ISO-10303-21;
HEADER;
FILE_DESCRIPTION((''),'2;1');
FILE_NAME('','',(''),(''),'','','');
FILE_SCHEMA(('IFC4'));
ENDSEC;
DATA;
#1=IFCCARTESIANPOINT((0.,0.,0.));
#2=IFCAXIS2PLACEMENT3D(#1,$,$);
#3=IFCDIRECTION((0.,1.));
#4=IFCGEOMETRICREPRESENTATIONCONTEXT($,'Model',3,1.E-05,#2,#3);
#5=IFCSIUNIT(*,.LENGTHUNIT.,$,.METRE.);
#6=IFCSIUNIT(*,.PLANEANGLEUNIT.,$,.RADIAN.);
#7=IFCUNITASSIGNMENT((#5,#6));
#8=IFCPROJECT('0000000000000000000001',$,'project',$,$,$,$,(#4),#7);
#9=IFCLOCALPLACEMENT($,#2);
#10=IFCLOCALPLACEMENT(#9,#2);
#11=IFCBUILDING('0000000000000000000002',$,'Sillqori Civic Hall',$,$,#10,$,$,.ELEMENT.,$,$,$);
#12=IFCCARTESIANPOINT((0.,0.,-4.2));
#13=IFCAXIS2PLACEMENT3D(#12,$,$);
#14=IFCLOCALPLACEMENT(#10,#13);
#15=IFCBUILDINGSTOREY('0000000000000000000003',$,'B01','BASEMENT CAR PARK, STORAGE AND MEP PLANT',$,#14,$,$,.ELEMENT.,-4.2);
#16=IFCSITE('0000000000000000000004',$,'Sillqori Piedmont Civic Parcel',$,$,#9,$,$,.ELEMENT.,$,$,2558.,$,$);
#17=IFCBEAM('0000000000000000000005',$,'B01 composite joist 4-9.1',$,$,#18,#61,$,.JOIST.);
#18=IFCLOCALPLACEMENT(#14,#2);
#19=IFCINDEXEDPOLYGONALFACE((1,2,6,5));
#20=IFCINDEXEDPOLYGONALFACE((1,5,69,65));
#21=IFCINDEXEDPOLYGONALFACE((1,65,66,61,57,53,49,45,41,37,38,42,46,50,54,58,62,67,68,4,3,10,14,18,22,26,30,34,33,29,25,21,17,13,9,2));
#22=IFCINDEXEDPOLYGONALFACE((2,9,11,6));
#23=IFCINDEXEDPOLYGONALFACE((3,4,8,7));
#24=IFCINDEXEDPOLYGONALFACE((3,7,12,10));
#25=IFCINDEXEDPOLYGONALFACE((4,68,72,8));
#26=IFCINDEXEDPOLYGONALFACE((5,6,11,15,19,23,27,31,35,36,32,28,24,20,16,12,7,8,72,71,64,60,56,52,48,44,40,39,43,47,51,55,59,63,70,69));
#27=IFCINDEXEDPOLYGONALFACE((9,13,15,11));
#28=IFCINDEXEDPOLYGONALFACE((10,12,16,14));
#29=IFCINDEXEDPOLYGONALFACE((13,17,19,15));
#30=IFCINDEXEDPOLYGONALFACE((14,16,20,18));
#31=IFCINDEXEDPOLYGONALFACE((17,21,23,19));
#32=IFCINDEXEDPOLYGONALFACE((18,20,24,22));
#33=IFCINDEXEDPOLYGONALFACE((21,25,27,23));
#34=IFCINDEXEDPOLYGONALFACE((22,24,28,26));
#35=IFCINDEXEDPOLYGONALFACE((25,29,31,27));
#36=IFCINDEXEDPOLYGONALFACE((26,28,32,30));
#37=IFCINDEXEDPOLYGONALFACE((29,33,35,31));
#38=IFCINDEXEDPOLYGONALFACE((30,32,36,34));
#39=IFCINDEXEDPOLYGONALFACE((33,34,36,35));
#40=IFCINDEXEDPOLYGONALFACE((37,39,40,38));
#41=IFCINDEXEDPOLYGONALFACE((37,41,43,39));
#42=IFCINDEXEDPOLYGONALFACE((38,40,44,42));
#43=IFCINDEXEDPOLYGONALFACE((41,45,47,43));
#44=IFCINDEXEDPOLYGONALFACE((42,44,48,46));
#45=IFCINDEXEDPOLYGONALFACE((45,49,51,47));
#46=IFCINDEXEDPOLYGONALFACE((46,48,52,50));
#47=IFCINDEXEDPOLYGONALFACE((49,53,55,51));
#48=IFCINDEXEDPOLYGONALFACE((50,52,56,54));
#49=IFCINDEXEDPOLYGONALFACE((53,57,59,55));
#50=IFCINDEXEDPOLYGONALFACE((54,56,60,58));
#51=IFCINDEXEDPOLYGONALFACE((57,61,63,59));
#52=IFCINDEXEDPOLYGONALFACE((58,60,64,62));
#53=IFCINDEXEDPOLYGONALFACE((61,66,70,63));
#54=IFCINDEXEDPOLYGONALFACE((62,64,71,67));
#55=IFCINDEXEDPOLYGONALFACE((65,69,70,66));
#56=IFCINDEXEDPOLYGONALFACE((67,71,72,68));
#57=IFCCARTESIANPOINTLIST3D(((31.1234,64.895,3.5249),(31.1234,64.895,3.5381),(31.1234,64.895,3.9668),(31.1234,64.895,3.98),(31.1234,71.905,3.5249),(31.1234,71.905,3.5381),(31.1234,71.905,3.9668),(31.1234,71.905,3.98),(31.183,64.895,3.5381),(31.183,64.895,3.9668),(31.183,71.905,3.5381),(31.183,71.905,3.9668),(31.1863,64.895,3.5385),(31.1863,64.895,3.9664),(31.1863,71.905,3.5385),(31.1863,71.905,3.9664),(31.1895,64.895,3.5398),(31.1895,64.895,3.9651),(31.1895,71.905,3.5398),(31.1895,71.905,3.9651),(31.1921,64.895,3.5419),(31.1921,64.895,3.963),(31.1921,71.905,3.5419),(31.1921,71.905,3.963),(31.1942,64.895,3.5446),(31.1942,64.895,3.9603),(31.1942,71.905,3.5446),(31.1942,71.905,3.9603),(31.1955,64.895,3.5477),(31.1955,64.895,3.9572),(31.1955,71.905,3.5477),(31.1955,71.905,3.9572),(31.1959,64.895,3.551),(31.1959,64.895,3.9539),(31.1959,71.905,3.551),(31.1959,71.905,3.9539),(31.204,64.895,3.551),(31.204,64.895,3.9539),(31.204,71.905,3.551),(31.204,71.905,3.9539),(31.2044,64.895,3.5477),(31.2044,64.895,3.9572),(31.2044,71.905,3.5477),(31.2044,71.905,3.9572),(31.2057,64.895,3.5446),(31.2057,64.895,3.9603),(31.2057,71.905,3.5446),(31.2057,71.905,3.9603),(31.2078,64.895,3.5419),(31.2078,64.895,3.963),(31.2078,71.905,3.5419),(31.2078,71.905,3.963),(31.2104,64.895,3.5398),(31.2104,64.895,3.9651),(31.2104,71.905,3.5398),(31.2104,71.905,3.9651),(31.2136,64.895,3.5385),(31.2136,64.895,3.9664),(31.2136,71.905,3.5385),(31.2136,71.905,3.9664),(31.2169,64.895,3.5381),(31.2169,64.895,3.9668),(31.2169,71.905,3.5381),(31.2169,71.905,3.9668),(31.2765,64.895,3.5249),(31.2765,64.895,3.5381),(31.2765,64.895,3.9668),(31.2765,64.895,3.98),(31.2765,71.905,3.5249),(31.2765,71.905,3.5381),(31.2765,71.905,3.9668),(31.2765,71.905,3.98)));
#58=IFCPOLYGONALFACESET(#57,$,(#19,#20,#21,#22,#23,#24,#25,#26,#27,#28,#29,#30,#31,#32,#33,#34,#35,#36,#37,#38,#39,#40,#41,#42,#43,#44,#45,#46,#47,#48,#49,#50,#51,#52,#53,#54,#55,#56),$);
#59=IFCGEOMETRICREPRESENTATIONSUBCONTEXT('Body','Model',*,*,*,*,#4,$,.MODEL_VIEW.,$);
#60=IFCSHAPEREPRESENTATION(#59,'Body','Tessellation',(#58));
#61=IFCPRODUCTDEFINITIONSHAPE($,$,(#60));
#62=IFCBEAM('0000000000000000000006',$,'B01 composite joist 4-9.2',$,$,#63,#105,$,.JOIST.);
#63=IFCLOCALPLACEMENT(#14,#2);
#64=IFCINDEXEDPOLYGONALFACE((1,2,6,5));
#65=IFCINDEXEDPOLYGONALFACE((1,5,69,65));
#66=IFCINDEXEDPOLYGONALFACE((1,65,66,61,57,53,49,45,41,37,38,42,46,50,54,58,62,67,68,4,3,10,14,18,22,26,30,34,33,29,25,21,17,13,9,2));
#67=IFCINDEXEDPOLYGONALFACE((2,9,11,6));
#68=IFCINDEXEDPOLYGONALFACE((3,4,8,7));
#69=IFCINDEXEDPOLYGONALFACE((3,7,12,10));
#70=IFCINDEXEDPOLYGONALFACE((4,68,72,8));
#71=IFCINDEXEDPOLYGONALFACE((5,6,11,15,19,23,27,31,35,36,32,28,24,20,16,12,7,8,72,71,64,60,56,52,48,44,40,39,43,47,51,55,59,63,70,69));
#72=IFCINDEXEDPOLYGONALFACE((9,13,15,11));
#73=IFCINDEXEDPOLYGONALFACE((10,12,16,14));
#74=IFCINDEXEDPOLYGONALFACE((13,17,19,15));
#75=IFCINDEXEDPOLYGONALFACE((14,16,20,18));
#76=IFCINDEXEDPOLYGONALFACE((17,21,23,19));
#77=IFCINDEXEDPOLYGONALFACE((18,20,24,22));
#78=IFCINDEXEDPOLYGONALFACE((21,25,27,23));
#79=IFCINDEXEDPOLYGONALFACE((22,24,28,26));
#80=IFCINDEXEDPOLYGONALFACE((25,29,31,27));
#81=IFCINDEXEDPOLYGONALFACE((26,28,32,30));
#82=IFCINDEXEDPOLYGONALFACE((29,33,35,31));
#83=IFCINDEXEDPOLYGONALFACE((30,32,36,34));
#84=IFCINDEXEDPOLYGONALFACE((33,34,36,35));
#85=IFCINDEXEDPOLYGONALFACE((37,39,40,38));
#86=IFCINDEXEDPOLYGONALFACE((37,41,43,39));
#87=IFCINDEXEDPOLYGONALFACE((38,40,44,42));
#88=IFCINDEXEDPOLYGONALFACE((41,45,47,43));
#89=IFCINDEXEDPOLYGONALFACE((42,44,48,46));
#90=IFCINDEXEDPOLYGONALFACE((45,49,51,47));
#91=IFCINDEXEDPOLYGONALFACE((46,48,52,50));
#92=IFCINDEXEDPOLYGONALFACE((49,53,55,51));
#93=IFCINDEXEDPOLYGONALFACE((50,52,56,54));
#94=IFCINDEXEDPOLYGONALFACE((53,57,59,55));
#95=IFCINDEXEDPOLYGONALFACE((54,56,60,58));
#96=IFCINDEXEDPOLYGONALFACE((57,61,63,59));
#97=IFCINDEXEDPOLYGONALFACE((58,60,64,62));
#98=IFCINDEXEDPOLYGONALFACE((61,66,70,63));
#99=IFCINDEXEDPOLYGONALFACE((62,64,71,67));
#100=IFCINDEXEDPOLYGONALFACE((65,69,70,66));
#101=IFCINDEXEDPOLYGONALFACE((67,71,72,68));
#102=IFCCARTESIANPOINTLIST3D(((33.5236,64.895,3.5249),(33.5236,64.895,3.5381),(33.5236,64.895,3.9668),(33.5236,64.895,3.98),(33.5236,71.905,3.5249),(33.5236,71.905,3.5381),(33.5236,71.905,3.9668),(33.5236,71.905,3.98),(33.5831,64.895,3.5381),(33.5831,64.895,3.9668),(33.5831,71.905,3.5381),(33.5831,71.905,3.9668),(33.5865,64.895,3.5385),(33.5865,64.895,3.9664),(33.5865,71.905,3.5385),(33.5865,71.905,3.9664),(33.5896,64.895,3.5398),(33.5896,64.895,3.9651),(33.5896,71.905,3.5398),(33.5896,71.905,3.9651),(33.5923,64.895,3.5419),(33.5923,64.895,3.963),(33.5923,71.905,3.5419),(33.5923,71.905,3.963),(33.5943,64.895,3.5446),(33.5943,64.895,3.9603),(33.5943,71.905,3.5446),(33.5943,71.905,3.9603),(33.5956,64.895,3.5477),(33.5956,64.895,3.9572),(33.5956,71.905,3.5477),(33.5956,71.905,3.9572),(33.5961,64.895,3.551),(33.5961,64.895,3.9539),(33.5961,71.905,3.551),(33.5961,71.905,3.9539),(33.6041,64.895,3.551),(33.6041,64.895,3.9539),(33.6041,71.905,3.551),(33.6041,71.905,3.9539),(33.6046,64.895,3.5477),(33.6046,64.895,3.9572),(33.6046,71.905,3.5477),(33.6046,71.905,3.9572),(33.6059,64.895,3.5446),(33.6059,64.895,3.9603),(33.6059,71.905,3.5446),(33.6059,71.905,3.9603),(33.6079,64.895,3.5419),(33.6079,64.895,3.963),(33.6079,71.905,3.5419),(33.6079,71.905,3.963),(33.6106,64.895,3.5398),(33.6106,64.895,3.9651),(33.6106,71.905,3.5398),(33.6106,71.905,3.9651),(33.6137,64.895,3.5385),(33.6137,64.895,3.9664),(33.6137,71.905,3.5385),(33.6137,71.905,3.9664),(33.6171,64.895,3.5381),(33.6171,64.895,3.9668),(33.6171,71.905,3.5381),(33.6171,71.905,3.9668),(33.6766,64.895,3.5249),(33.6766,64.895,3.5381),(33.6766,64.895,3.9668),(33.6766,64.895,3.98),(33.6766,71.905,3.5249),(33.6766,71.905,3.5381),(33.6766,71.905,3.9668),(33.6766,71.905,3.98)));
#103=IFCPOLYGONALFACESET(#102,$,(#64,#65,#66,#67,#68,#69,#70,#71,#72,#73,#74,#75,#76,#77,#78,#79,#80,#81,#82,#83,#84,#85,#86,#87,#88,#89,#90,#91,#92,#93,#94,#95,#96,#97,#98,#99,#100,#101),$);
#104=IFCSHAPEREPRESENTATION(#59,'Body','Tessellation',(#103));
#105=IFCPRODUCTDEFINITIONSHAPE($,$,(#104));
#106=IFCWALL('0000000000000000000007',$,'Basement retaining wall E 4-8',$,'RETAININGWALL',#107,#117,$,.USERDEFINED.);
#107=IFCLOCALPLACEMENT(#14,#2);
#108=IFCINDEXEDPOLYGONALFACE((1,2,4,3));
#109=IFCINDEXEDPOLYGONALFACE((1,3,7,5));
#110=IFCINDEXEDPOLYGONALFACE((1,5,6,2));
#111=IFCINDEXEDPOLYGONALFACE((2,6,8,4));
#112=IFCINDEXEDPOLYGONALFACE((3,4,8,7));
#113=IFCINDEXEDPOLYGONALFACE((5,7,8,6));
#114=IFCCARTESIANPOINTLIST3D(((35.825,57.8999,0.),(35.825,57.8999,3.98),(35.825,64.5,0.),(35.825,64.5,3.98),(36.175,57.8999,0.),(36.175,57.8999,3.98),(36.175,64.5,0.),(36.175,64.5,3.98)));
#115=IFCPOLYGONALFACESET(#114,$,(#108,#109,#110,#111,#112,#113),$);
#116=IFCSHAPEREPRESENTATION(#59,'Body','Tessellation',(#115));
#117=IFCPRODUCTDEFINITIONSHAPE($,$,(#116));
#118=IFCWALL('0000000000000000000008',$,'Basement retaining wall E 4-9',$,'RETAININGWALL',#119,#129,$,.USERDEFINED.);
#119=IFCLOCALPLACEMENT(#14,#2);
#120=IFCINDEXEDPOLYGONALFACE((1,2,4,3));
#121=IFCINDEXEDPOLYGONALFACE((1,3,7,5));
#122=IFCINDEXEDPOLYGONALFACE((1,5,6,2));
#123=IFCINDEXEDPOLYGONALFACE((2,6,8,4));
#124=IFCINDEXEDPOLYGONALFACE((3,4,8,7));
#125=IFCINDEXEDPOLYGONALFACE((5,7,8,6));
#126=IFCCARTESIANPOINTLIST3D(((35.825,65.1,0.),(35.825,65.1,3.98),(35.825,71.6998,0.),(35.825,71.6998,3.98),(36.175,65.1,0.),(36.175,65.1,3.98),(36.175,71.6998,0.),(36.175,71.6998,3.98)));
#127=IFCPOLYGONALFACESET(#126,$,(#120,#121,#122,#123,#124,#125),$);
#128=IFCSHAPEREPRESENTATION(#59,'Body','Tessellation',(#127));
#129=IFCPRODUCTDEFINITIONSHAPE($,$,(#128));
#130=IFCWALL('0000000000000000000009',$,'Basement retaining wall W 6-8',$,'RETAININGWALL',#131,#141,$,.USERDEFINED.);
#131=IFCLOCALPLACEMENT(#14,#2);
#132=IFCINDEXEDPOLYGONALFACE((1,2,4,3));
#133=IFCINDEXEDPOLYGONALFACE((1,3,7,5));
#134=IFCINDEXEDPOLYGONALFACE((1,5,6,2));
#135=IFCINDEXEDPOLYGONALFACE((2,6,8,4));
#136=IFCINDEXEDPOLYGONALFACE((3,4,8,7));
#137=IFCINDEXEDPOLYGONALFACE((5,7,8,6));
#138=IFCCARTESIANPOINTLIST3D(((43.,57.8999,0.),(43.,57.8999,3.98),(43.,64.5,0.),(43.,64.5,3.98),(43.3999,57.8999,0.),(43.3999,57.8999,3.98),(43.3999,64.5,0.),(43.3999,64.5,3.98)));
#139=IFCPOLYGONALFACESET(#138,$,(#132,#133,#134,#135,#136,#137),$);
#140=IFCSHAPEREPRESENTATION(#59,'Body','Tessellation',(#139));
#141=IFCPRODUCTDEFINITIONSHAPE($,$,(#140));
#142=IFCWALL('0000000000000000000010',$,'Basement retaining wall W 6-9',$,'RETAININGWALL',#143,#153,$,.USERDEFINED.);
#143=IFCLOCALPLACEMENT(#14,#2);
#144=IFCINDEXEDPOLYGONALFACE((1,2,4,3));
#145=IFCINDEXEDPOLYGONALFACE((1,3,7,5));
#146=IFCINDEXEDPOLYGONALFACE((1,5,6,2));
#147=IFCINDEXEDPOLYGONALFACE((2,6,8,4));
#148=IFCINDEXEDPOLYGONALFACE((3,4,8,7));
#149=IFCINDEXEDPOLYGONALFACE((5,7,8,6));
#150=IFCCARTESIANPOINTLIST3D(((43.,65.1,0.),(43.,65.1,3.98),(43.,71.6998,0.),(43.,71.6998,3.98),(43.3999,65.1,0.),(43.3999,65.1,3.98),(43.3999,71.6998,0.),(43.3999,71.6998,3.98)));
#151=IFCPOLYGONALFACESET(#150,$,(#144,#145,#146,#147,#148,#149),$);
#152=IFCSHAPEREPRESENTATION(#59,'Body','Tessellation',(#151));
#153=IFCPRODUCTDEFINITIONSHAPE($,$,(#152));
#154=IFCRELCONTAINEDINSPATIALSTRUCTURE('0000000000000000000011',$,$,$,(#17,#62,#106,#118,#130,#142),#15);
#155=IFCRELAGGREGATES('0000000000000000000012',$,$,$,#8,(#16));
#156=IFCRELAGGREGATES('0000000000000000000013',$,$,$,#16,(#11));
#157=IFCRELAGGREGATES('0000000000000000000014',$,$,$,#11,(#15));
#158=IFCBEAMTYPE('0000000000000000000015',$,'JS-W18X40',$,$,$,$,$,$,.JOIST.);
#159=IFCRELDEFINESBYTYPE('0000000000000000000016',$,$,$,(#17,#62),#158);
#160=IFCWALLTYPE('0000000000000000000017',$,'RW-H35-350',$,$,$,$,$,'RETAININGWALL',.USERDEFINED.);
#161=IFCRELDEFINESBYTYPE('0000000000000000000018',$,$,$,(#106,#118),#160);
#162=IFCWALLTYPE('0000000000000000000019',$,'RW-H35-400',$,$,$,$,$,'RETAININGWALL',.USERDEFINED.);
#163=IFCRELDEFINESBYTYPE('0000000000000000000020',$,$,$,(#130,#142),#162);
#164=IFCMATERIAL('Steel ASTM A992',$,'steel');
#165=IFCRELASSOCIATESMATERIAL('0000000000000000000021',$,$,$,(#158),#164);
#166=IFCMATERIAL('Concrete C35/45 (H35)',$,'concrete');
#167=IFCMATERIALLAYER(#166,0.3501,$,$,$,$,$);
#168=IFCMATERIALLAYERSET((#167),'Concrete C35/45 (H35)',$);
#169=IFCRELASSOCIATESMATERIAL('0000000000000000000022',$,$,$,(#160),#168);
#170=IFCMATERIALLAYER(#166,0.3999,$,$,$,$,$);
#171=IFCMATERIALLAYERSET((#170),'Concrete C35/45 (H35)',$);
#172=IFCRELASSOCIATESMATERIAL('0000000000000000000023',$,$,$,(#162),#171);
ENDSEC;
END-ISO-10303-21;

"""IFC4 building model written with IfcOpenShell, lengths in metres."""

from ifc_helpers import new_model, si_unit, direction, frame, frame_2d, origin, origin_2d, place, context, subcontext, project, spatial, rectangle, i_section, extrude, material, layer, layer_set, material_profile, profile_set, type_object, element, save


model = new_model("IFC4")

# Units and contexts
model_context = context("Model", 3, precision=1e-05, world=origin(), true_north=direction((0.0, 1.0)))
body_context = subcontext(model_context, "Body", "Model", "MODEL_VIEW")
ifc_project = project(units=[si_unit("LENGTHUNIT", "METRE"), si_unit("PLANEANGLEUNIT", "RADIAN")], contexts=[model_context])

# Site, building, storey
site_placement = place(None, origin())
site = spatial("IfcSite", under=ifc_project, at=site_placement, Name="Sillqori Piedmont Civic Parcel", CompositionType="ELEMENT", RefElevation=2558.0)
building_placement = place(site_placement, origin())
building = spatial("IfcBuilding", under=site, at=building_placement, Name="Sillqori Civic Hall", CompositionType="ELEMENT")
storey_placement = place(building_placement, frame((0.0, 0.0, -4.2)))
storey = spatial("IfcBuildingStorey", under=building, at=storey_placement, Name="B01", Description="BASEMENT CAR PARK, STORAGE AND MEP PLANT", CompositionType="ELEMENT", Elevation=-4.2)

# Shared definitions
ifc_material_1 = material(Name="Concrete C35/45 (H35)", Category="concrete")

# Beams
ifc_material_2 = material(Name="Steel ASTM A992", Category="steel")
ifc_material_profile_1 = material_profile(ifc_material_2, i_section(OverallWidth=0.1531, OverallDepth=0.4551, WebThickness=0.0081, FlangeThickness=0.0132, FilletRadius=0.0129, at=origin_2d()), Name="W18X40")
ifc_profile_set_1 = profile_set([ifc_material_profile_1], Name="Steel ASTM A992")
beam_type_1 = type_object("IfcBeamType", Name="JS-W18X40", PredefinedType="JOIST", material=ifc_profile_set_1)
for number, where, z_axis, x_axis, name in (
    (1, (31.2, 64.895, 3.7524), (0.0, 1.0, 0.0), (-1.0, 0.0, 0.0), "B01 composite joist 4-9.1"),
    (2, (33.6001, 64.895, 3.7524), (0.0, 1.0, 0.0), (-1.0, 0.0, 0.0), "B01 composite joist 4-9.2"),
):
    element("IfcBeam", number, at=place(storey_placement, frame(where, z_axis=z_axis, x_axis=x_axis)), inside=storey, type_object=beam_type_1, Name=name, PredefinedType="JOIST", context=body_context, shape_type="SweptSolid", body=[
        extrude(i_section(OverallWidth=0.1531, OverallDepth=0.4551, WebThickness=0.0081, FlangeThickness=0.0132, FilletRadius=0.0129, at=origin_2d()), origin(), (0.0, 0.0, 1.0), 7.01),
    ])

# Walls
ifc_layer_1 = layer(ifc_material_1, 0.3501)
ifc_layer_set_1 = layer_set([ifc_layer_1], Name="Concrete C35/45 (H35)")
wall_type_1 = type_object("IfcWallType", Name="RW-H35-350", ElementType="RETAININGWALL", PredefinedType="USERDEFINED", material=ifc_layer_set_1)
wall_1_placement = place(storey_placement, frame((36.0, 57.8999, 0.0), z_axis=(0.0, 0.0, 1.0), x_axis=(0.0, 1.0, 0.0)))
element("IfcWall", 3, at=wall_1_placement, inside=storey, type_object=wall_type_1, Name="Basement retaining wall E 4-8", ObjectType="RETAININGWALL", PredefinedType="USERDEFINED", context=body_context, shape_type="SweptSolid", body=[
    extrude(rectangle(XDim=6.6001, YDim=0.3501, at=frame_2d((3.3, 0.0))), origin(), (0.0, 0.0, 1.0), 3.98),
])
wall_2_placement = place(storey_placement, frame((36.0, 65.1001, 0.0), z_axis=(0.0, 0.0, 1.0), x_axis=(0.0, 1.0, 0.0)))
element("IfcWall", 4, at=wall_2_placement, inside=storey, type_object=wall_type_1, Name="Basement retaining wall E 4-9", ObjectType="RETAININGWALL", PredefinedType="USERDEFINED", context=body_context, shape_type="SweptSolid", body=[
    extrude(rectangle(XDim=6.5999, YDim=0.3501, at=frame_2d((3.2998, 0.0))), origin(), (0.0, 0.0, 1.0), 3.98),
])
ifc_layer_2 = layer(ifc_material_1, 0.3999)
ifc_layer_set_2 = layer_set([ifc_layer_2], Name="Concrete C35/45 (H35)")
wall_type_2 = type_object("IfcWallType", Name="RW-H35-400", ElementType="RETAININGWALL", PredefinedType="USERDEFINED", material=ifc_layer_set_2)
wall_3_placement = place(storey_placement, frame((43.2, 57.8999, 0.0), z_axis=(0.0, 0.0, 1.0), x_axis=(0.0, 1.0, 0.0)))
element("IfcWall", 5, at=wall_3_placement, inside=storey, type_object=wall_type_2, Name="Basement retaining wall W 6-8", ObjectType="RETAININGWALL", PredefinedType="USERDEFINED", context=body_context, shape_type="SweptSolid", body=[
    extrude(rectangle(XDim=6.6001, YDim=0.3999, at=frame_2d((3.3, 0.0))), origin(), (0.0, 0.0, 1.0), 3.98),
])
wall_4_placement = place(storey_placement, frame((43.2, 65.1001, 0.0), z_axis=(0.0, 0.0, 1.0), x_axis=(0.0, 1.0, 0.0)))
element("IfcWall", 6, at=wall_4_placement, inside=storey, type_object=wall_type_2, Name="Basement retaining wall W 6-9", ObjectType="RETAININGWALL", PredefinedType="USERDEFINED", context=body_context, shape_type="SweptSolid", body=[
    extrude(rectangle(XDim=6.5999, YDim=0.3999, at=frame_2d((3.2998, 0.0))), origin(), (0.0, 0.0, 1.0), 3.98),
])

save(model, "model.ifc")
